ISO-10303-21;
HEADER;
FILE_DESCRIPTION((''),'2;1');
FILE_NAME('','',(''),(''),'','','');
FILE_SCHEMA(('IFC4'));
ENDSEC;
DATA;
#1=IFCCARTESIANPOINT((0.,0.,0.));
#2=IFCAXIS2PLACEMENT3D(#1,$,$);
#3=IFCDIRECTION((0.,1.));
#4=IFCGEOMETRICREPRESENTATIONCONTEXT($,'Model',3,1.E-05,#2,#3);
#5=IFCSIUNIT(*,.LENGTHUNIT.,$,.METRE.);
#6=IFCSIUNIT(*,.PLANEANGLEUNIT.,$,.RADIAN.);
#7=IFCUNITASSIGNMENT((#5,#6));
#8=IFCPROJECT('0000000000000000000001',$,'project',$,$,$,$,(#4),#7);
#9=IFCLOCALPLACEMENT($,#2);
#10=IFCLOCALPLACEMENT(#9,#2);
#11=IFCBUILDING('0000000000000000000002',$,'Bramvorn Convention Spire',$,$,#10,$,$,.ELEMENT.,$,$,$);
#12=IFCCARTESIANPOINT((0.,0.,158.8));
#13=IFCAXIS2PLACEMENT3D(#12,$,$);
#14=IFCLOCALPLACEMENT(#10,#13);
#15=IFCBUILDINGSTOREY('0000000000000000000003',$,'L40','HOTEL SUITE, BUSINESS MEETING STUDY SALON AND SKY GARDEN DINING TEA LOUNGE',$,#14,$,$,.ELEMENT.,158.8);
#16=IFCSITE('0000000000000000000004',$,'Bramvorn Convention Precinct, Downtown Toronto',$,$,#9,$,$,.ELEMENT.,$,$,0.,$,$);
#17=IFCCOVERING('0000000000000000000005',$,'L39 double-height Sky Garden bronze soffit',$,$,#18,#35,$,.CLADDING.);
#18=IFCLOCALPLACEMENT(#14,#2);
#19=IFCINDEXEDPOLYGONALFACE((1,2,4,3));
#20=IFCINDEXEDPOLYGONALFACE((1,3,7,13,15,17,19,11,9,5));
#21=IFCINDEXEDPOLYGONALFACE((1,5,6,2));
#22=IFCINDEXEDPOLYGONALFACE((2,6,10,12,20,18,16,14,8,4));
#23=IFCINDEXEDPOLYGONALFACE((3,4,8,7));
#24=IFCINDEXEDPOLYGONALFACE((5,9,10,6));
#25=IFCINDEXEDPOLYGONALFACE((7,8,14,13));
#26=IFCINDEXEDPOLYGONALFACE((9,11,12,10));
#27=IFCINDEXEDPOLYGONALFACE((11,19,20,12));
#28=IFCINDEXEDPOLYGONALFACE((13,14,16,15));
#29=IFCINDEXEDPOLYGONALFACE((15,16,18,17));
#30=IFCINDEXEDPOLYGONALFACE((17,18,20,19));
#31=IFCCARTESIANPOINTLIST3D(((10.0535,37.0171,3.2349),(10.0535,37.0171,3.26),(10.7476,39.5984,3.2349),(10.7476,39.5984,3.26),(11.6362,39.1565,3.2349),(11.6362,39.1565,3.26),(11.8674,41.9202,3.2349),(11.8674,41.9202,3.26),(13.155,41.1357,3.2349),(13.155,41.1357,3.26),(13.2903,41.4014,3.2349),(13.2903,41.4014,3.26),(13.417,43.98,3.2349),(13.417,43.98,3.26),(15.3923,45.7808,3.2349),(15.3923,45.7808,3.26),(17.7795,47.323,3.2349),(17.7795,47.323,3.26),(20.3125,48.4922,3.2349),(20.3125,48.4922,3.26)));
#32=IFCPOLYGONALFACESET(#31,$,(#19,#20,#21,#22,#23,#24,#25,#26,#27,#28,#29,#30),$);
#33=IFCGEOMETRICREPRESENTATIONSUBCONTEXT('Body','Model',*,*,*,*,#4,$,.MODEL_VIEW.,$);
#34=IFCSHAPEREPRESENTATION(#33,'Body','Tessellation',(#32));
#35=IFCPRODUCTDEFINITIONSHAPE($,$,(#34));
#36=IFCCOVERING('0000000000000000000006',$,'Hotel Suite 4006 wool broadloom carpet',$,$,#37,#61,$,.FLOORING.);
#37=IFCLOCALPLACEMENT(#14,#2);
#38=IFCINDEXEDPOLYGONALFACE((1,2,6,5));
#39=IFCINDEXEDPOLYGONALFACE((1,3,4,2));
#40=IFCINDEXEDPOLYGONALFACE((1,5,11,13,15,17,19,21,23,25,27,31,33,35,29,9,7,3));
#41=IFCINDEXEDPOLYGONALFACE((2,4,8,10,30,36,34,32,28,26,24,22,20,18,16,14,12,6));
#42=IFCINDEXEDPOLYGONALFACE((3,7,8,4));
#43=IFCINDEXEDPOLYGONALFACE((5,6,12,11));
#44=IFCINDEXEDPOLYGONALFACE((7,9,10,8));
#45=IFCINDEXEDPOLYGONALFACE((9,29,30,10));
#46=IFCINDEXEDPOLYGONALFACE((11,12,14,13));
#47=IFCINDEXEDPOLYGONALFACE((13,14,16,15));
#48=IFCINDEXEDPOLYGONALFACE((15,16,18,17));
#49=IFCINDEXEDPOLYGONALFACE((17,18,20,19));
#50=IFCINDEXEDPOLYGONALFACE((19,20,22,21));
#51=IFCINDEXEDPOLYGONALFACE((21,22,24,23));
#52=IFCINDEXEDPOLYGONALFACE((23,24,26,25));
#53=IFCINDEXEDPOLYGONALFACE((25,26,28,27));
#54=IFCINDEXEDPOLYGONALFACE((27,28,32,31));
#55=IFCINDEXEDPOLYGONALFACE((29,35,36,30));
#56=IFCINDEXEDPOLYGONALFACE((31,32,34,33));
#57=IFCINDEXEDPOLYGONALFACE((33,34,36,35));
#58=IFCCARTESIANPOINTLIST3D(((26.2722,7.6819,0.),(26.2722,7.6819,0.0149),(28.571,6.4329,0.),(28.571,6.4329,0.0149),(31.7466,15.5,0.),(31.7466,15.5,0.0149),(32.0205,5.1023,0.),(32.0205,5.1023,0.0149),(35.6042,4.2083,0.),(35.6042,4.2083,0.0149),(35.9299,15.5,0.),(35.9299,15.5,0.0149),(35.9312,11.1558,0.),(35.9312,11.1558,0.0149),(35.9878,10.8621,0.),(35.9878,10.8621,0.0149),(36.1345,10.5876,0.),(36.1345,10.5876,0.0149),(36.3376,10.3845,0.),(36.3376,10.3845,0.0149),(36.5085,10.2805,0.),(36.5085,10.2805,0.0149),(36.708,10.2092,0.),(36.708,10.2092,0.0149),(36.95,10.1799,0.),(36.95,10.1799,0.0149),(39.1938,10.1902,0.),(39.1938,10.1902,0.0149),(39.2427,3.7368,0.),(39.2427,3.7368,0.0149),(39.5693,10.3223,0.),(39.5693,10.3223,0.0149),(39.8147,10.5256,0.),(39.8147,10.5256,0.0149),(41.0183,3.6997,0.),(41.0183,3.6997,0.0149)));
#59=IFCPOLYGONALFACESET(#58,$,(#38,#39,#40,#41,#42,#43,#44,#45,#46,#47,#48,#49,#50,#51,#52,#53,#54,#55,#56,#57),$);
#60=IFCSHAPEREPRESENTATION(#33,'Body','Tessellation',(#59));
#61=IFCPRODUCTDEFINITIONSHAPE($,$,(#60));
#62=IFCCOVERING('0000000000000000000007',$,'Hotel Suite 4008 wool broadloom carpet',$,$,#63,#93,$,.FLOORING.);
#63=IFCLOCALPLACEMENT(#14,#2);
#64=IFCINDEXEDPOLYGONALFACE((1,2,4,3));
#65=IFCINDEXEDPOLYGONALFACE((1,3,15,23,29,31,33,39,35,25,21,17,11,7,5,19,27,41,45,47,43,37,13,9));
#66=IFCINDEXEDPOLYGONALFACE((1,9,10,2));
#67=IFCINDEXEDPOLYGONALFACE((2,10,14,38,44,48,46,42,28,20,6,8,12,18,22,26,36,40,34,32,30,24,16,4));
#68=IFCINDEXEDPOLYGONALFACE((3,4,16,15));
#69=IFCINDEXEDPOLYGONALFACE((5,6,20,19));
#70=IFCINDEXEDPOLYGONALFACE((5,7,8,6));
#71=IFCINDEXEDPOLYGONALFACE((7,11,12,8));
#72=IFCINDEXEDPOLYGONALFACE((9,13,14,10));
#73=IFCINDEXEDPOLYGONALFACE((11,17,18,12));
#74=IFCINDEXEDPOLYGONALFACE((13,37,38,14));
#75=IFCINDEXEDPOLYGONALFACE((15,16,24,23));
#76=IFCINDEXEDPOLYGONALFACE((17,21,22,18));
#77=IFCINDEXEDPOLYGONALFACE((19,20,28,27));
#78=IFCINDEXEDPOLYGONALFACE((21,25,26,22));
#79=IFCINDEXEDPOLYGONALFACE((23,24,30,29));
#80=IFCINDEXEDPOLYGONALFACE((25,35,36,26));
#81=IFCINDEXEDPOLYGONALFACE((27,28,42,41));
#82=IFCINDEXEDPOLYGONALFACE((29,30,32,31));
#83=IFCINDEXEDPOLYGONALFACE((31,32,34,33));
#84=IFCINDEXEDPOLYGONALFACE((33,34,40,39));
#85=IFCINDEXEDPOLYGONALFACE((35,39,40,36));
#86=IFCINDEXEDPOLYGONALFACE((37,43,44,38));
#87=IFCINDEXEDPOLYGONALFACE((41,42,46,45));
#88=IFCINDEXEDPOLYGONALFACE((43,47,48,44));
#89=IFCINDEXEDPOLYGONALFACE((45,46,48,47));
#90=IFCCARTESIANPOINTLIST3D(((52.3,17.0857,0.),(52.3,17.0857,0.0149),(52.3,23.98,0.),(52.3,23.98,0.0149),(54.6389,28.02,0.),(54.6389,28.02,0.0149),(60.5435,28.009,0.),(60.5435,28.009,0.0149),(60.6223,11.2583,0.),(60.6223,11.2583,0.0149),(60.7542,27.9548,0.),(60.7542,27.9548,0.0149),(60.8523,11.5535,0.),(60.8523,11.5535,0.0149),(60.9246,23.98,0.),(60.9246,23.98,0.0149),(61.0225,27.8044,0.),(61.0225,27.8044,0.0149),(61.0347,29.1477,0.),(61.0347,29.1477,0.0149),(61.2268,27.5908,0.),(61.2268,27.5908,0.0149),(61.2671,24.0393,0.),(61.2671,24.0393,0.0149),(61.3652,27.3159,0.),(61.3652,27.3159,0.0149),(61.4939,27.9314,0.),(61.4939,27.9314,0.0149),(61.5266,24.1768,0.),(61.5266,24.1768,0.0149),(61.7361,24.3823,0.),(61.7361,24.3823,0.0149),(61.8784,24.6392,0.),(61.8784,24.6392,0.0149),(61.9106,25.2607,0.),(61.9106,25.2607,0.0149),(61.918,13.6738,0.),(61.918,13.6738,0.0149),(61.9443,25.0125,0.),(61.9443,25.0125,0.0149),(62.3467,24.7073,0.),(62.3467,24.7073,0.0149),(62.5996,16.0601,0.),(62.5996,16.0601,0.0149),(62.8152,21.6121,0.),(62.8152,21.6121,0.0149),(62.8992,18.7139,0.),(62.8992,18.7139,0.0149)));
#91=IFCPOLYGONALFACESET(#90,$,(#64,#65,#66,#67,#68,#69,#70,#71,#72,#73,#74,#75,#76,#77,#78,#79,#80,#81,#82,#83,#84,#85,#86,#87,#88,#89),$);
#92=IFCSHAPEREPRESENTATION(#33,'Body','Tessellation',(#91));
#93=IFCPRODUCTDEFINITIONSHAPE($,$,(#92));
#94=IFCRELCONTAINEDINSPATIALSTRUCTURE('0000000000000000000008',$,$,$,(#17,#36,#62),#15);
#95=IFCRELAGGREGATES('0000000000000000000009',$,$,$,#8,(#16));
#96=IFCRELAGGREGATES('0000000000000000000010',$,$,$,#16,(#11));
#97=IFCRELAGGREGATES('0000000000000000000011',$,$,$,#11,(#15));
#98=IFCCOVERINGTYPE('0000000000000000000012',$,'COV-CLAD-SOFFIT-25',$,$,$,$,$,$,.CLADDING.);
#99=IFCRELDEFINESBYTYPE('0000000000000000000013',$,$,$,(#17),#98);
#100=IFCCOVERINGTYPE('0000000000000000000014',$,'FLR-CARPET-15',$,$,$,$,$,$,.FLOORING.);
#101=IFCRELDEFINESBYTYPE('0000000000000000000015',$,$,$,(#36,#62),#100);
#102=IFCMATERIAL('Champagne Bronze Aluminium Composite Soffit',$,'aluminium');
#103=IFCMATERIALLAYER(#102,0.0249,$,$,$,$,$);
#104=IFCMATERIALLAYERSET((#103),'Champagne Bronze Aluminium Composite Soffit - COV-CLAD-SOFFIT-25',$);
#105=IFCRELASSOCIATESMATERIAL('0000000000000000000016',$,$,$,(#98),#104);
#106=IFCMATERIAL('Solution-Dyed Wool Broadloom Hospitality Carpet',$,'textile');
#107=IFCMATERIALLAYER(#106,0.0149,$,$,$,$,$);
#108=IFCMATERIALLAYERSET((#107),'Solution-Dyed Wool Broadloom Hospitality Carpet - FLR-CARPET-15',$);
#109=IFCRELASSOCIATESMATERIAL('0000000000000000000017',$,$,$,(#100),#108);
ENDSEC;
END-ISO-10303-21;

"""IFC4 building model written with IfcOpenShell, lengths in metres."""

from ifc_helpers import new_model, si_unit, direction, frame, origin, place, context, subcontext, project, spatial, polyline, outline, extrude, material, layer, layer_set, type_object, element, save


model = new_model("IFC4")

# Units and contexts
model_context = context("Model", 3, precision=1e-05, world=origin(), true_north=direction((0.0, 1.0)))
body_context = subcontext(model_context, "Body", "Model", "MODEL_VIEW")
ifc_project = project(units=[si_unit("LENGTHUNIT", "METRE"), si_unit("PLANEANGLEUNIT", "RADIAN")], contexts=[model_context])

# Site, building, storey
site_placement = place(None, origin())
site = spatial("IfcSite", under=ifc_project, at=site_placement, Name="Bramvorn Convention Precinct, Downtown Toronto", CompositionType="ELEMENT", RefElevation=0.0)
building_placement = place(site_placement, origin())
building = spatial("IfcBuilding", under=site, at=building_placement, Name="Bramvorn Convention Spire", CompositionType="ELEMENT")
storey_placement = place(building_placement, frame((0.0, 0.0, 158.8)))
storey = spatial("IfcBuildingStorey", under=building, at=storey_placement, Name="L40", Description="HOTEL SUITE, BUSINESS MEETING STUDY SALON AND SKY GARDEN DINING TEA LOUNGE", CompositionType="ELEMENT", Elevation=158.8)

# Coverings
ifc_material_1 = material(Name="Champagne Bronze Aluminium Composite Soffit", Category="aluminium")
ifc_layer_1 = layer(ifc_material_1, 0.0249)
ifc_layer_set_1 = layer_set([ifc_layer_1], Name="Champagne Bronze Aluminium Composite Soffit - COV-CLAD-SOFFIT-25")
covering_type_1 = type_object("IfcCoveringType", Name="COV-CLAD-SOFFIT-25", PredefinedType="CLADDING", material=ifc_layer_set_1)
covering_1_placement = place(storey_placement, frame((0.0, 0.0, 3.2349)))
element("IfcCovering", 1, at=covering_1_placement, inside=storey, type_object=covering_type_1, Name="L39 double-height Sky Garden bronze soffit", PredefinedType="CLADDING", context=body_context, shape_type="SweptSolid", body=[
    extrude(outline(polyline([(10.7476, 39.5984), (10.0535, 37.0171), (11.6362, 39.1565), (13.155, 41.1357), (13.2903, 41.4014), (20.3125, 48.4922), (17.7795, 47.323), (15.3923, 45.7808), (13.417, 43.98), (11.8674, 41.9202), (10.7476, 39.5984)])), origin(), (0.0, 0.0, 1.0), 0.0251),
])
ifc_material_2 = material(Name="Solution-Dyed Wool Broadloom Hospitality Carpet", Category="textile")
ifc_layer_2 = layer(ifc_material_2, 0.0149)
ifc_layer_set_2 = layer_set([ifc_layer_2], Name="Solution-Dyed Wool Broadloom Hospitality Carpet - FLR-CARPET-15")
covering_type_2 = type_object("IfcCoveringType", Name="FLR-CARPET-15", PredefinedType="FLOORING", material=ifc_layer_set_2)
covering_2_placement = place(storey_placement, origin())
element("IfcCovering", 2, at=covering_2_placement, inside=storey, type_object=covering_type_2, Name="Hotel Suite 4006 wool broadloom carpet", PredefinedType="FLOORING", context=body_context, shape_type="SweptSolid", body=[
    extrude(outline(polyline([(39.2427, 3.7368), (41.0183, 3.6997), (39.8147, 10.5256), (39.5693, 10.3223), (39.1938, 10.1902), (36.95, 10.1799), (36.708, 10.2092), (36.5085, 10.2805), (36.3376, 10.3845), (36.1345, 10.5876), (35.9878, 10.8621), (35.9312, 11.1558), (35.9299, 15.5), (31.7466, 15.5), (26.2722, 7.6819), (28.571, 6.4329), (32.0205, 5.1023), (35.6042, 4.2083), (39.2427, 3.7368)])), origin(), (0.0, 0.0, 1.0), 0.0149),
])
covering_3_placement = place(storey_placement, origin())
element("IfcCovering", 3, at=covering_3_placement, inside=storey, type_object=covering_type_2, Name="Hotel Suite 4008 wool broadloom carpet", PredefinedType="FLOORING", context=body_context, shape_type="SweptSolid", body=[
    extrude(outline(polyline([(60.5435, 28.009), (60.7542, 27.9548), (61.0225, 27.8044), (61.2268, 27.5908), (61.3652, 27.3159), (61.9106, 25.2607), (61.9443, 25.0125), (61.8784, 24.6392), (61.7361, 24.3823), (61.5266, 24.1768), (61.2671, 24.0393), (60.9246, 23.98), (52.3, 23.98), (52.3, 17.0857), (60.6223, 11.2583), (60.8523, 11.5535), (61.918, 13.6738), (62.5996, 16.0601), (62.8992, 18.7139), (62.8152, 21.6121), (62.3467, 24.7073), (61.4939, 27.9314), (61.0347, 29.1477), (54.6389, 28.02), (60.5435, 28.009)])), origin(), (0.0, 0.0, 1.0), 0.0149),
])

save(model, "model.ifc")
